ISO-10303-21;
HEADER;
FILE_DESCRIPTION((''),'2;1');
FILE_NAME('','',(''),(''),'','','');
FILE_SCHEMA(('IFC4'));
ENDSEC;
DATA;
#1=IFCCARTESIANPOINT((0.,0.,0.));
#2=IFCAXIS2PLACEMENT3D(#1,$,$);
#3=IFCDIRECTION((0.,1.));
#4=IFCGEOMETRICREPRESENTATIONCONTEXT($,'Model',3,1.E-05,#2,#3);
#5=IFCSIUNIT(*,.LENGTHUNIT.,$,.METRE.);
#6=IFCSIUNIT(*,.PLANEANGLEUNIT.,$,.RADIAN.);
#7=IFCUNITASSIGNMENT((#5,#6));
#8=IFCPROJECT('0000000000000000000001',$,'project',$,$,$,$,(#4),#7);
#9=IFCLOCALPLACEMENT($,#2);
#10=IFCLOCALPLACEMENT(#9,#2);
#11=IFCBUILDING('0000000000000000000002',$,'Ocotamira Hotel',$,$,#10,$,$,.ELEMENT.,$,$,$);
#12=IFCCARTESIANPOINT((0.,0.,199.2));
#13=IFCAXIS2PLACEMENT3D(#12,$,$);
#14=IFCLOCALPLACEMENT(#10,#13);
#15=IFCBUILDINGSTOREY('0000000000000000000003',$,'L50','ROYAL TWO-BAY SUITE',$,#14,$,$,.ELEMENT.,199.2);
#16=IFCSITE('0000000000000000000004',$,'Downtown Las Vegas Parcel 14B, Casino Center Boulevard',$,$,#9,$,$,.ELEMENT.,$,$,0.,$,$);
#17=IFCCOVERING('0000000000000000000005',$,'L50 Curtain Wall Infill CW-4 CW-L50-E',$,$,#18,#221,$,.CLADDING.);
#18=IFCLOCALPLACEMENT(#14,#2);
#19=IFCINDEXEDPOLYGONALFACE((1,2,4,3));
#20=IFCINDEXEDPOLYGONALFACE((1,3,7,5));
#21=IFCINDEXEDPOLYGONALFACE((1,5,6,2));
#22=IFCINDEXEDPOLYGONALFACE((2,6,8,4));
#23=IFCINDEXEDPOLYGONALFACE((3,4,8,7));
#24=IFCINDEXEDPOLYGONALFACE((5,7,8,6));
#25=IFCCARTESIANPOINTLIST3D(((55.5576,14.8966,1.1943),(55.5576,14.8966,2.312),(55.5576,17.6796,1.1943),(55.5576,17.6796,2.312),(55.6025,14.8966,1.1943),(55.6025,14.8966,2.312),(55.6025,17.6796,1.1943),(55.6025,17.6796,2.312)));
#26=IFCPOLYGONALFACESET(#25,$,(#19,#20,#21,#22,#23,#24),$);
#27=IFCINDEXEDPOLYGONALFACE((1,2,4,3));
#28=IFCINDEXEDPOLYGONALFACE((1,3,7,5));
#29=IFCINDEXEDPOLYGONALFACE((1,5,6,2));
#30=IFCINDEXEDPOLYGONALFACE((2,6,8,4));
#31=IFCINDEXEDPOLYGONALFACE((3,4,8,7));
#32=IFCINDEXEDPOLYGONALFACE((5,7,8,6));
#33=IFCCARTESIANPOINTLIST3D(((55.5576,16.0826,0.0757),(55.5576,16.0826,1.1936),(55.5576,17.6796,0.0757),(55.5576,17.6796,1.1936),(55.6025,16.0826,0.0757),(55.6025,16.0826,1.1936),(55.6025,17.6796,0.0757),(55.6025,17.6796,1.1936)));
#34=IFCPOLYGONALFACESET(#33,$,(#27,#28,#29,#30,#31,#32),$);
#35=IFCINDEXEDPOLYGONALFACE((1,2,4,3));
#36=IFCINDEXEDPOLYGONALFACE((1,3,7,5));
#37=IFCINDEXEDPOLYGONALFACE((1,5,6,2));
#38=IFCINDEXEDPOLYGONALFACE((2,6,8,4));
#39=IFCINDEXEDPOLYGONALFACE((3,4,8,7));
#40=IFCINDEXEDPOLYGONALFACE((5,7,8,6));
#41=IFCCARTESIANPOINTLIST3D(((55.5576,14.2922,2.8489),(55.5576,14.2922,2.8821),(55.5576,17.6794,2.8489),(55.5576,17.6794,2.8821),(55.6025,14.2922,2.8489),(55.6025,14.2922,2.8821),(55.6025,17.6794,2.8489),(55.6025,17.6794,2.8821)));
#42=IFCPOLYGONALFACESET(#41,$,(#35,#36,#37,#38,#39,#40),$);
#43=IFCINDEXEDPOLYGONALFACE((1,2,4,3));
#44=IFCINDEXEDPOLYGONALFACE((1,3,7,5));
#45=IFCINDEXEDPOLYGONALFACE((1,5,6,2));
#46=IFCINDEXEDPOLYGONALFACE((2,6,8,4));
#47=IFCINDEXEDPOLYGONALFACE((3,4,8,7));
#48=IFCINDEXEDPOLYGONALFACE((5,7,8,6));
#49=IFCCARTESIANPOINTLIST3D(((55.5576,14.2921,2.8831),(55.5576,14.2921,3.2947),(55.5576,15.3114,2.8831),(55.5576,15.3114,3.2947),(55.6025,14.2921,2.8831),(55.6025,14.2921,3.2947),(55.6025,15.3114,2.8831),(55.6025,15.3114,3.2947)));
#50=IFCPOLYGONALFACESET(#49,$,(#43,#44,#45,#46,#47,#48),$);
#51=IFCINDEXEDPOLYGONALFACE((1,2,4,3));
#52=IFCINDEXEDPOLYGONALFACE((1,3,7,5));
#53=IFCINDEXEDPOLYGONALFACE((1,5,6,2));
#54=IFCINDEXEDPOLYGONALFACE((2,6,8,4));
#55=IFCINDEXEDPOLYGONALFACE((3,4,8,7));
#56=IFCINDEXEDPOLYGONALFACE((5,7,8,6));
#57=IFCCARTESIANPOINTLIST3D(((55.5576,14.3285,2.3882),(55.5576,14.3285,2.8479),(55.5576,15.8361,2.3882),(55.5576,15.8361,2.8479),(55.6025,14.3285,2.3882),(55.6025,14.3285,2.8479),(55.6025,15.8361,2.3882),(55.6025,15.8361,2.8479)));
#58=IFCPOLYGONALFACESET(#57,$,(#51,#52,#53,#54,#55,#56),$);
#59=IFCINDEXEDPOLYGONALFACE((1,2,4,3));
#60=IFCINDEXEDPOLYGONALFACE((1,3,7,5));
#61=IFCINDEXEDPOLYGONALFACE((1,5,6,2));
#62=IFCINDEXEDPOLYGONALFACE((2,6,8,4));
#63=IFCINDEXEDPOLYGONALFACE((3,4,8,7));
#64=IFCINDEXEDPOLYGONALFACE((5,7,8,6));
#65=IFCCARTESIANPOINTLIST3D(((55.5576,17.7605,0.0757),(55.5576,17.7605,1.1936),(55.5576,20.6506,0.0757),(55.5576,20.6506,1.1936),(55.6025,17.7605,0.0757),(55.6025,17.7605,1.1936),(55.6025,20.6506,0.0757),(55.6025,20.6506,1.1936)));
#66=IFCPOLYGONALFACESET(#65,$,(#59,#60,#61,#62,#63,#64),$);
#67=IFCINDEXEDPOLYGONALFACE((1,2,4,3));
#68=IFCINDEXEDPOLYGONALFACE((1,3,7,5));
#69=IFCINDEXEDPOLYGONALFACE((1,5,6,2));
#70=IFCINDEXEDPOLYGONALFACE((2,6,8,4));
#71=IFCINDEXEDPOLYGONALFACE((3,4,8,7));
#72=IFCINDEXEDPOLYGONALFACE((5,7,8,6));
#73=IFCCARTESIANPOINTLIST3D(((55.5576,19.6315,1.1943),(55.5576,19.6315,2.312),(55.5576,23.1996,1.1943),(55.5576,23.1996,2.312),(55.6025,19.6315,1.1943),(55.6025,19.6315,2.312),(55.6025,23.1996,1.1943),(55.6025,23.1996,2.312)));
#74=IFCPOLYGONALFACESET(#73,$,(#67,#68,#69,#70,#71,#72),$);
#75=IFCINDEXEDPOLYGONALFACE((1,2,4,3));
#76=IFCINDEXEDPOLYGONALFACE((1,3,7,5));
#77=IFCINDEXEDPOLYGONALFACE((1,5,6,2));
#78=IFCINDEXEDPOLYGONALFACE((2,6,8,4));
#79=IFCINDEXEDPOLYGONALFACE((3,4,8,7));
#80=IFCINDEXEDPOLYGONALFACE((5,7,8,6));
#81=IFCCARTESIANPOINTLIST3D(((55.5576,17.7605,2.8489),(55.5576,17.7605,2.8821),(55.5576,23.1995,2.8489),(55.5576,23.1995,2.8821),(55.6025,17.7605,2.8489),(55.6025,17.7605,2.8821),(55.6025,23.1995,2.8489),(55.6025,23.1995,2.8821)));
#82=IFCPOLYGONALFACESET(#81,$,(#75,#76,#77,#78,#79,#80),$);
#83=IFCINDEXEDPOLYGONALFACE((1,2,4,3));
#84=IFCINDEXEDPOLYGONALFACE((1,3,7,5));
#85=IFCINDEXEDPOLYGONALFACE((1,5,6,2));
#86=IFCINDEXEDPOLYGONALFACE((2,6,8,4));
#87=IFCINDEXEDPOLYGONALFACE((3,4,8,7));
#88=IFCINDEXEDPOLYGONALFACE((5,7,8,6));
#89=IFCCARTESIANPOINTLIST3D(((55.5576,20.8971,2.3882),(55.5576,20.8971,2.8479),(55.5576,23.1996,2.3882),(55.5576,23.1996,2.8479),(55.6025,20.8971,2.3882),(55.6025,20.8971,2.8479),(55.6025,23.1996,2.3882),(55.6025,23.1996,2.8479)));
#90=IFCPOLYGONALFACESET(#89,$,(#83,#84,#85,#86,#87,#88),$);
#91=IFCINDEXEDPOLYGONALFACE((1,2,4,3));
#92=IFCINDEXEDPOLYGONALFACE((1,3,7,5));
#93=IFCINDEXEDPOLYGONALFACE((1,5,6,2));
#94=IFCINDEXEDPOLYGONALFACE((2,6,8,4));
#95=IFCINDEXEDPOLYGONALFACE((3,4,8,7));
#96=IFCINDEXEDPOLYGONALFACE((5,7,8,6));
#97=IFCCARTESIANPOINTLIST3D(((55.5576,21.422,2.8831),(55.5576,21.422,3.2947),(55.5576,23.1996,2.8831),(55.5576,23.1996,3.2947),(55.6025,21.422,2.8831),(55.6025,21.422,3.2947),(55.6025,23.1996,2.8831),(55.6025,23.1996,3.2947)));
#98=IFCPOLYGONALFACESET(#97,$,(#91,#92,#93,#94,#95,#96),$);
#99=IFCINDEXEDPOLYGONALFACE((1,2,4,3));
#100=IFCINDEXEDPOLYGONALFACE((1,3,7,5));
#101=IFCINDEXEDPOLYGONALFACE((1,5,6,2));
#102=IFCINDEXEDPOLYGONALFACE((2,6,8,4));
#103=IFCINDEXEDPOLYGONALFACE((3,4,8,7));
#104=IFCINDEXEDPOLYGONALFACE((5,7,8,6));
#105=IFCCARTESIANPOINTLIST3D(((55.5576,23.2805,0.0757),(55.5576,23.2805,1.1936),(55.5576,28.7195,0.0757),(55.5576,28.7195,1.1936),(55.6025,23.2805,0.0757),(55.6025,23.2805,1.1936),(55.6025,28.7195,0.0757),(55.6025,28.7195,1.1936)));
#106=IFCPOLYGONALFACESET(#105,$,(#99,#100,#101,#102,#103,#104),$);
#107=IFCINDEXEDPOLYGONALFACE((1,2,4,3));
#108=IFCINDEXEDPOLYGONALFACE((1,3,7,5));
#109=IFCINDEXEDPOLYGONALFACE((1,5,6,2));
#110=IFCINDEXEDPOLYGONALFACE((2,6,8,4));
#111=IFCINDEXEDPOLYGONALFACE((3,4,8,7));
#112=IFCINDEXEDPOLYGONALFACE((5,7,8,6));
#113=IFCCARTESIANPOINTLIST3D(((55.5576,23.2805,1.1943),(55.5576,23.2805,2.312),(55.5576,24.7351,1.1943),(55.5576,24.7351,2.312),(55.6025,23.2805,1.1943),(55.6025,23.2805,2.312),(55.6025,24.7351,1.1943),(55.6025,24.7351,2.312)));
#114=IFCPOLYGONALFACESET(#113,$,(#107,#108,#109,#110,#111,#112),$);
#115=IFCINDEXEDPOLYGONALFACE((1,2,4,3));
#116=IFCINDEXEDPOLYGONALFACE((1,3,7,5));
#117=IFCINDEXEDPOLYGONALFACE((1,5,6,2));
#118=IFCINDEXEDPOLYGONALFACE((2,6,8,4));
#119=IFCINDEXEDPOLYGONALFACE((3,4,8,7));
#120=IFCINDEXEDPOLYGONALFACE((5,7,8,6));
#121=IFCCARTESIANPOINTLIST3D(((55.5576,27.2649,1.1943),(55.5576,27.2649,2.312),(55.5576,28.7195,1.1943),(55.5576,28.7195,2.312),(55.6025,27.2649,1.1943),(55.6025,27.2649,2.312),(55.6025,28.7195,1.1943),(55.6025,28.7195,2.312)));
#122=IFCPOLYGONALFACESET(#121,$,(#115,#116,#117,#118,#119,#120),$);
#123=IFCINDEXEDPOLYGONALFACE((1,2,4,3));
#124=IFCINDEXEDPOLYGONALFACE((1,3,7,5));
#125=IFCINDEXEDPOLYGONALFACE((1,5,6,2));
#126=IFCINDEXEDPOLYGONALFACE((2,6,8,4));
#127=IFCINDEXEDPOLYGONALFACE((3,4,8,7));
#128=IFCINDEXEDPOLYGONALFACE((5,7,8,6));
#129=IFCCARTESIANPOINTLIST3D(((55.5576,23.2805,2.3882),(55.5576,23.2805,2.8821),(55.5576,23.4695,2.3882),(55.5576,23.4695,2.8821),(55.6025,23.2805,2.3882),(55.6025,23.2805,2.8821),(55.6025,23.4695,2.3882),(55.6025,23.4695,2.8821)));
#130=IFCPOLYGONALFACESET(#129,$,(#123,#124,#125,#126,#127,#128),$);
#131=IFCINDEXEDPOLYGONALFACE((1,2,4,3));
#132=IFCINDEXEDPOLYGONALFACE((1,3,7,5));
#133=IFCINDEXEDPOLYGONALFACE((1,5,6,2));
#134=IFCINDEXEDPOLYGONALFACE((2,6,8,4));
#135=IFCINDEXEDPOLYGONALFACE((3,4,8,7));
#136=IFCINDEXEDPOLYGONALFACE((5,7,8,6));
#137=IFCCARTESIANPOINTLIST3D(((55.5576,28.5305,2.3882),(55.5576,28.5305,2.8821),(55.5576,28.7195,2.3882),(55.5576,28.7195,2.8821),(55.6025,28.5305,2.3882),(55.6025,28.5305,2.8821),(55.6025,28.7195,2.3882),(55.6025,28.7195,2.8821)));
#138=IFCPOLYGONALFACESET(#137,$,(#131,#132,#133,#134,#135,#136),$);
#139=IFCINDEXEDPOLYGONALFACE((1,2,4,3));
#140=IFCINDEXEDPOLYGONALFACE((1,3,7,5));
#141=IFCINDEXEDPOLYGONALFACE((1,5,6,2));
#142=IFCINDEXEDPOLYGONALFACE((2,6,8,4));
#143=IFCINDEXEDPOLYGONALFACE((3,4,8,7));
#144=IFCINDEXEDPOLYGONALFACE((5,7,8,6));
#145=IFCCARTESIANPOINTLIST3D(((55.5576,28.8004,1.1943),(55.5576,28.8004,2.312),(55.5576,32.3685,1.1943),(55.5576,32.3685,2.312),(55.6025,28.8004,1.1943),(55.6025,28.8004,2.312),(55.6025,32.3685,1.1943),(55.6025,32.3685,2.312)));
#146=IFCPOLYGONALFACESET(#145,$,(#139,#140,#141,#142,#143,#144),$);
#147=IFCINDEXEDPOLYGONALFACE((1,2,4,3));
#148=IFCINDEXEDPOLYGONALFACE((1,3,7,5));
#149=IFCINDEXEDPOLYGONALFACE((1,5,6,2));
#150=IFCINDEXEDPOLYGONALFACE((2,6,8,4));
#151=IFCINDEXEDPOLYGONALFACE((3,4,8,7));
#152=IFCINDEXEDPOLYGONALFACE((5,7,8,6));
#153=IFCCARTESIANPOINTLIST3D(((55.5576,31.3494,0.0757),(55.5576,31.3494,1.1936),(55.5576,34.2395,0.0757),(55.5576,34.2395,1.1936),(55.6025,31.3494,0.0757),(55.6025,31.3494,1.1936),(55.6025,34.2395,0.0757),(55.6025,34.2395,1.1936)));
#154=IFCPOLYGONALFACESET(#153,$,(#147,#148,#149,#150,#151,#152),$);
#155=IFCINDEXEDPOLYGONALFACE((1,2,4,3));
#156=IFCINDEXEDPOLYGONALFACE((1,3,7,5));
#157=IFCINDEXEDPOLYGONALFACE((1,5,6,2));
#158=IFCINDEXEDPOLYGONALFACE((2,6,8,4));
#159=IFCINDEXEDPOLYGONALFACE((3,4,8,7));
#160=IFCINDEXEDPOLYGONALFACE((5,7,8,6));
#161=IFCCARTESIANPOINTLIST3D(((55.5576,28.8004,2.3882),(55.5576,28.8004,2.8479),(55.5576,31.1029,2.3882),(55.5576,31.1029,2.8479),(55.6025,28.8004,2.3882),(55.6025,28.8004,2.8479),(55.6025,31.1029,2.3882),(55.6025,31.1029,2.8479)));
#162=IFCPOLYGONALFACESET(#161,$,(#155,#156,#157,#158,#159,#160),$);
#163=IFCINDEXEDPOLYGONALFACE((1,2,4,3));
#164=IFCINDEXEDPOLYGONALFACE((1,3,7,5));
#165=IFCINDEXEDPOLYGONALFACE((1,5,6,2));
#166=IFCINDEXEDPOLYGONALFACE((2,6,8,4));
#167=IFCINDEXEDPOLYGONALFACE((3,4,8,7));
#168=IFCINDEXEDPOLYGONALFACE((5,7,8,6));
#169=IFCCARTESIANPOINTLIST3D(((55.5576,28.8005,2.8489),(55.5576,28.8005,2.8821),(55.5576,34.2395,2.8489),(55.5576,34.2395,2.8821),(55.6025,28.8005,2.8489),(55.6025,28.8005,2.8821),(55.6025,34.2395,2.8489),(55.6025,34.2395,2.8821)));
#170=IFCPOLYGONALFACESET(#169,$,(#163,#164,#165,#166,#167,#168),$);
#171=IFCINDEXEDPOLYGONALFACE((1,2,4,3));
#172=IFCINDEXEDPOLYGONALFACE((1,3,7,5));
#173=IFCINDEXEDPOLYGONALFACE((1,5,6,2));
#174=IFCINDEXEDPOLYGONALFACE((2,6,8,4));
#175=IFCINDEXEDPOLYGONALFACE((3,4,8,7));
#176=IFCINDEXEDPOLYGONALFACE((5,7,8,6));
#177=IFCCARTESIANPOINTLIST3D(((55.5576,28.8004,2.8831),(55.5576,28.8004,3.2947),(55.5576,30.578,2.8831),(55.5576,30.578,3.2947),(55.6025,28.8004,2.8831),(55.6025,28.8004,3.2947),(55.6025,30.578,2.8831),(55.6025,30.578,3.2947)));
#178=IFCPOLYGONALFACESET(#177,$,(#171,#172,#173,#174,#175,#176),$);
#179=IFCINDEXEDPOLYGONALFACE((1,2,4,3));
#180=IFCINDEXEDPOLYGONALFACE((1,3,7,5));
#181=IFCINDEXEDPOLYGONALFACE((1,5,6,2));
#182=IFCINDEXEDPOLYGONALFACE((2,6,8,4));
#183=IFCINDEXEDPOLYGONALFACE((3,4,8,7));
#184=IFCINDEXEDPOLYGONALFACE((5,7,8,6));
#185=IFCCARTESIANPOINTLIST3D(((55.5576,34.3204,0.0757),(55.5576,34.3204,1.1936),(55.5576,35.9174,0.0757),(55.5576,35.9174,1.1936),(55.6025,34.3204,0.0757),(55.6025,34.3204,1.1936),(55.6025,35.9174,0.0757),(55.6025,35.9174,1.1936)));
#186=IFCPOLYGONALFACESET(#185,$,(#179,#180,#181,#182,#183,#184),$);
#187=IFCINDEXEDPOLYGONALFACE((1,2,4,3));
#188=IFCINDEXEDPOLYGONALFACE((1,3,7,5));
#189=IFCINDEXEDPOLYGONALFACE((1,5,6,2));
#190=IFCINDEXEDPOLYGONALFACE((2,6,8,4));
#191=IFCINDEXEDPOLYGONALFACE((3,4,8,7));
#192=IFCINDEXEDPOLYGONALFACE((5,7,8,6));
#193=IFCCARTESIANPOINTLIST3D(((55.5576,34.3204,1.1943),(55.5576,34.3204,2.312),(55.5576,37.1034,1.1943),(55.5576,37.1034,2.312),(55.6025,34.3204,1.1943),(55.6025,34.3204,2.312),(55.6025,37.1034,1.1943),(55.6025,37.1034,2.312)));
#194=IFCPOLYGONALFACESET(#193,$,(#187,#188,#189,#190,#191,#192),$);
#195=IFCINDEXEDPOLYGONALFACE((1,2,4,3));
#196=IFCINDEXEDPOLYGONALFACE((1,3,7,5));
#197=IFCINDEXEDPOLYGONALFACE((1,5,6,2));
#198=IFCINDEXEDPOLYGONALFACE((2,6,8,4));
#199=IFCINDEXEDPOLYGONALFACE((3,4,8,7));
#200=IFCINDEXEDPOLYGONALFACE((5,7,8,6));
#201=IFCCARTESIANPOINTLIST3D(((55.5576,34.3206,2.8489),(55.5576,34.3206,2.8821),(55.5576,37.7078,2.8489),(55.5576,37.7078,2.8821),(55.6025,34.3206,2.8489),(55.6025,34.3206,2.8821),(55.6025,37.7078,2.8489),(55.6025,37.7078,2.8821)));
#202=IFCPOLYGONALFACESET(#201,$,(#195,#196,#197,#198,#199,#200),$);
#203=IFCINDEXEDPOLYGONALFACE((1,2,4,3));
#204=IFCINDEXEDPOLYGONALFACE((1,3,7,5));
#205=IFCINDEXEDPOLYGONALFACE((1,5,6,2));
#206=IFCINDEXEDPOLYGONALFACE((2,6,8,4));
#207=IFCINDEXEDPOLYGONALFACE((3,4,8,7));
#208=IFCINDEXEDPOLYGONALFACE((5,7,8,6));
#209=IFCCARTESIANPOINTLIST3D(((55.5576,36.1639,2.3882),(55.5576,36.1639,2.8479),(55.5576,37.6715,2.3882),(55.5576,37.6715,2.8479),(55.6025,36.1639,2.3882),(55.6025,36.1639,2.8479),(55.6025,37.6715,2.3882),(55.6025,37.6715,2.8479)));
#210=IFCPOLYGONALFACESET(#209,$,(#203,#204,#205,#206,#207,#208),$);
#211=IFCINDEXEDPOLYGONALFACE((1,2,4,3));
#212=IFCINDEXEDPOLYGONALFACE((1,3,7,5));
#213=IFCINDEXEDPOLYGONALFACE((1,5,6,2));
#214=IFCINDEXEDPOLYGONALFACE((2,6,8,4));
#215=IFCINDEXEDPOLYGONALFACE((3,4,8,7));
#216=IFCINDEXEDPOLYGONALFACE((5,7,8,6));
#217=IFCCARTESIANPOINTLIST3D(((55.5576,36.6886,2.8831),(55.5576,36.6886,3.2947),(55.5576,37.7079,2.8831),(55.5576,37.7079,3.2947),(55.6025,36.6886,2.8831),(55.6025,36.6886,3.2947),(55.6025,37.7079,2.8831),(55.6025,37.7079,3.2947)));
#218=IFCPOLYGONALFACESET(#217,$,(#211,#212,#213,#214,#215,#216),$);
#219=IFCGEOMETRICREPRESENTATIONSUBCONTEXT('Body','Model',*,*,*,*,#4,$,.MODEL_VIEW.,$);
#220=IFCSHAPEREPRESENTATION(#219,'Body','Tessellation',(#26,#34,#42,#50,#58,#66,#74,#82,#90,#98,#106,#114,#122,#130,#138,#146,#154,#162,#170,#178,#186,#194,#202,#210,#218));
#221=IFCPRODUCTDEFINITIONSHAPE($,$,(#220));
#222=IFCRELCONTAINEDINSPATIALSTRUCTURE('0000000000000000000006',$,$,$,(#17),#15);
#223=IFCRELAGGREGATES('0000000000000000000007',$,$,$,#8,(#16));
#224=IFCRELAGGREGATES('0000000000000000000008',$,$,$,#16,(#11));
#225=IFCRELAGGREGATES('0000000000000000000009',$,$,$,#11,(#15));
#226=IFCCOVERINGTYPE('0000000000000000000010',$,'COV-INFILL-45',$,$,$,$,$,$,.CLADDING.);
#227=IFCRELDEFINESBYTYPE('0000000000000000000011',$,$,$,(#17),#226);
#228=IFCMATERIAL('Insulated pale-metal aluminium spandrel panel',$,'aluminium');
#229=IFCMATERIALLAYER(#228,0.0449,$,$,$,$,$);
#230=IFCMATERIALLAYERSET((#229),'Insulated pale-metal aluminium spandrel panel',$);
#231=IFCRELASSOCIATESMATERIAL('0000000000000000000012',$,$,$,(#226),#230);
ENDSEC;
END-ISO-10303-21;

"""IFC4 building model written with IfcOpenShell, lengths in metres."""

from ifc_helpers import new_model, si_unit, direction, frame, origin, origin_2d, place, context, subcontext, project, spatial, rectangle, extrude, material, layer, layer_set, type_object, element, save


model = new_model("IFC4")

# Units and contexts
model_context = context("Model", 3, precision=1e-05, world=origin(), true_north=direction((0.0, 1.0)))
body_context = subcontext(model_context, "Body", "Model", "MODEL_VIEW")
ifc_project = project(units=[si_unit("LENGTHUNIT", "METRE"), si_unit("PLANEANGLEUNIT", "RADIAN")], contexts=[model_context])

# Site, building, storey
site_placement = place(None, origin())
site = spatial("IfcSite", under=ifc_project, at=site_placement, Name="Downtown Las Vegas Parcel 14B, Casino Center Boulevard", CompositionType="ELEMENT", RefElevation=0.0)
building_placement = place(site_placement, origin())
building = spatial("IfcBuilding", under=site, at=building_placement, Name="Ocotamira Hotel", CompositionType="ELEMENT")
storey_placement = place(building_placement, frame((0.0, 0.0, 199.2)))
storey = spatial("IfcBuildingStorey", under=building, at=storey_placement, Name="L50", Description="ROYAL TWO-BAY SUITE", CompositionType="ELEMENT", Elevation=199.2)

# Covering
ifc_material_1 = material(Name="Insulated pale-metal aluminium spandrel panel", Category="aluminium")
ifc_layer_1 = layer(ifc_material_1, 0.0449)
ifc_layer_set_1 = layer_set([ifc_layer_1], Name="Insulated pale-metal aluminium spandrel panel")
covering_type_1 = type_object("IfcCoveringType", Name="COV-INFILL-45", PredefinedType="CLADDING", material=ifc_layer_set_1)
covering_1_placement = place(storey_placement, origin())
element("IfcCovering", 1, at=covering_1_placement, inside=storey, type_object=covering_type_1, Name="L50 Curtain Wall Infill CW-4 CW-L50-E", PredefinedType="CLADDING", context=body_context, shape_type="SweptSolid", body=[
    extrude(rectangle(XDim=2.783, YDim=0.0449, at=origin_2d()), frame((55.5801, 16.2881, 1.1943), z_axis=(0.0, 0.0, 1.0), x_axis=(0.0, 1.0, 0.0)), (0.0, 0.0, 1.0), 1.1177),
    extrude(rectangle(XDim=1.5969, YDim=0.0449, at=origin_2d()), frame((55.5801, 16.8811, 0.0757), z_axis=(0.0, 0.0, 1.0), x_axis=(0.0, 1.0, 0.0)), (0.0, 0.0, 1.0), 1.1179),
    extrude(rectangle(XDim=3.3872, YDim=0.0449, at=origin_2d()), frame((55.5801, 15.9858, 2.8489), z_axis=(0.0, 0.0, 1.0), x_axis=(0.0, 1.0, 0.0)), (0.0, 0.0, 1.0), 0.0332),
    extrude(rectangle(XDim=1.0193, YDim=0.0449, at=origin_2d()), frame((55.5801, 14.8018, 2.8831), z_axis=(0.0, 0.0, 1.0), x_axis=(0.0, 1.0, 0.0)), (0.0, 0.0, 1.0), 0.4116),
    extrude(rectangle(XDim=1.5076, YDim=0.0449, at=origin_2d()), frame((55.5801, 15.0823, 2.3882), z_axis=(0.0, 0.0, 1.0), x_axis=(0.0, 1.0, 0.0)), (0.0, 0.0, 1.0), 0.4597),
    extrude(rectangle(XDim=2.8901, YDim=0.0449, at=origin_2d()), frame((55.5801, 19.2056, 0.0757), z_axis=(0.0, 0.0, 1.0), x_axis=(0.0, 1.0, 0.0)), (0.0, 0.0, 1.0), 1.1179),
    extrude(rectangle(XDim=3.5681, YDim=0.0449, at=origin_2d()), frame((55.5801, 21.4155, 1.1943), z_axis=(0.0, 0.0, 1.0), x_axis=(0.0, 1.0, 0.0)), (0.0, 0.0, 1.0), 1.1177),
    extrude(rectangle(XDim=5.439, YDim=0.0449, at=origin_2d()), frame((55.5801, 20.48, 2.8489), z_axis=(0.0, 0.0, 1.0), x_axis=(0.0, 1.0, 0.0)), (0.0, 0.0, 1.0), 0.0332),
    extrude(rectangle(XDim=2.3025, YDim=0.0449, at=origin_2d()), frame((55.5801, 22.0483, 2.3882), z_axis=(0.0, 0.0, 1.0), x_axis=(0.0, 1.0, 0.0)), (0.0, 0.0, 1.0), 0.4597),
    extrude(rectangle(XDim=1.7776, YDim=0.0449, at=origin_2d()), frame((55.5801, 22.3108, 2.8831), z_axis=(0.0, 0.0, 1.0), x_axis=(0.0, 1.0, 0.0)), (0.0, 0.0, 1.0), 0.4116),
    extrude(rectangle(XDim=5.439, YDim=0.0449, at=origin_2d()), frame((55.5801, 26.0, 0.0757), z_axis=(0.0, 0.0, 1.0), x_axis=(0.0, 1.0, 0.0)), (0.0, 0.0, 1.0), 1.1179),
    extrude(rectangle(XDim=1.4546, YDim=0.0449, at=origin_2d()), frame((55.5801, 24.0078, 1.1943), z_axis=(0.0, 0.0, 1.0), x_axis=(0.0, 1.0, 0.0)), (0.0, 0.0, 1.0), 1.1177),
    extrude(rectangle(XDim=1.4546, YDim=0.0449, at=origin_2d()), frame((55.5801, 27.9922, 1.1943), z_axis=(0.0, 0.0, 1.0), x_axis=(0.0, 1.0, 0.0)), (0.0, 0.0, 1.0), 1.1177),
    extrude(rectangle(XDim=0.189, YDim=0.0449, at=origin_2d()), frame((55.5801, 23.375, 2.3882), z_axis=(0.0, 0.0, 1.0), x_axis=(0.0, 1.0, 0.0)), (0.0, 0.0, 1.0), 0.4939),
    extrude(rectangle(XDim=0.189, YDim=0.0449, at=origin_2d()), frame((55.5801, 28.625, 2.3882), z_axis=(0.0, 0.0, 1.0), x_axis=(0.0, 1.0, 0.0)), (0.0, 0.0, 1.0), 0.4939),
    extrude(rectangle(XDim=3.5681, YDim=0.0449, at=origin_2d()), frame((55.5801, 30.5845, 1.1943), z_axis=(0.0, 0.0, 1.0), x_axis=(0.0, 1.0, 0.0)), (0.0, 0.0, 1.0), 1.1177),
    extrude(rectangle(XDim=2.8901, YDim=0.0449, at=origin_2d()), frame((55.5801, 32.7944, 0.0757), z_axis=(0.0, 0.0, 1.0), x_axis=(0.0, 1.0, 0.0)), (0.0, 0.0, 1.0), 1.1179),
    extrude(rectangle(XDim=2.3025, YDim=0.0449, at=origin_2d()), frame((55.5801, 29.9517, 2.3882), z_axis=(0.0, 0.0, 1.0), x_axis=(0.0, 1.0, 0.0)), (0.0, 0.0, 1.0), 0.4597),
    extrude(rectangle(XDim=5.439, YDim=0.0449, at=origin_2d()), frame((55.5801, 31.52, 2.8489), z_axis=(0.0, 0.0, 1.0), x_axis=(0.0, 1.0, 0.0)), (0.0, 0.0, 1.0), 0.0332),
    extrude(rectangle(XDim=1.7776, YDim=0.0449, at=origin_2d()), frame((55.5801, 29.6892, 2.8831), z_axis=(0.0, 0.0, 1.0), x_axis=(0.0, 1.0, 0.0)), (0.0, 0.0, 1.0), 0.4116),
    extrude(rectangle(XDim=1.5969, YDim=0.0449, at=origin_2d()), frame((55.5801, 35.1189, 0.0757), z_axis=(0.0, 0.0, 1.0), x_axis=(0.0, 1.0, 0.0)), (0.0, 0.0, 1.0), 1.1179),
    extrude(rectangle(XDim=2.783, YDim=0.0449, at=origin_2d()), frame((55.5801, 35.7119, 1.1943), z_axis=(0.0, 0.0, 1.0), x_axis=(0.0, 1.0, 0.0)), (0.0, 0.0, 1.0), 1.1177),
    extrude(rectangle(XDim=3.3872, YDim=0.0449, at=origin_2d()), frame((55.5801, 36.0142, 2.8489), z_axis=(0.0, 0.0, 1.0), x_axis=(0.0, 1.0, 0.0)), (0.0, 0.0, 1.0), 0.0332),
    extrude(rectangle(XDim=1.5076, YDim=0.0449, at=origin_2d()), frame((55.5801, 36.9177, 2.3882), z_axis=(0.0, 0.0, 1.0), x_axis=(0.0, 1.0, 0.0)), (0.0, 0.0, 1.0), 0.4597),
    extrude(rectangle(XDim=1.0193, YDim=0.0449, at=origin_2d()), frame((55.5801, 37.1982, 2.8831), z_axis=(0.0, 0.0, 1.0), x_axis=(0.0, 1.0, 0.0)), (0.0, 0.0, 1.0), 0.4116),
])

save(model, "model.ifc")
